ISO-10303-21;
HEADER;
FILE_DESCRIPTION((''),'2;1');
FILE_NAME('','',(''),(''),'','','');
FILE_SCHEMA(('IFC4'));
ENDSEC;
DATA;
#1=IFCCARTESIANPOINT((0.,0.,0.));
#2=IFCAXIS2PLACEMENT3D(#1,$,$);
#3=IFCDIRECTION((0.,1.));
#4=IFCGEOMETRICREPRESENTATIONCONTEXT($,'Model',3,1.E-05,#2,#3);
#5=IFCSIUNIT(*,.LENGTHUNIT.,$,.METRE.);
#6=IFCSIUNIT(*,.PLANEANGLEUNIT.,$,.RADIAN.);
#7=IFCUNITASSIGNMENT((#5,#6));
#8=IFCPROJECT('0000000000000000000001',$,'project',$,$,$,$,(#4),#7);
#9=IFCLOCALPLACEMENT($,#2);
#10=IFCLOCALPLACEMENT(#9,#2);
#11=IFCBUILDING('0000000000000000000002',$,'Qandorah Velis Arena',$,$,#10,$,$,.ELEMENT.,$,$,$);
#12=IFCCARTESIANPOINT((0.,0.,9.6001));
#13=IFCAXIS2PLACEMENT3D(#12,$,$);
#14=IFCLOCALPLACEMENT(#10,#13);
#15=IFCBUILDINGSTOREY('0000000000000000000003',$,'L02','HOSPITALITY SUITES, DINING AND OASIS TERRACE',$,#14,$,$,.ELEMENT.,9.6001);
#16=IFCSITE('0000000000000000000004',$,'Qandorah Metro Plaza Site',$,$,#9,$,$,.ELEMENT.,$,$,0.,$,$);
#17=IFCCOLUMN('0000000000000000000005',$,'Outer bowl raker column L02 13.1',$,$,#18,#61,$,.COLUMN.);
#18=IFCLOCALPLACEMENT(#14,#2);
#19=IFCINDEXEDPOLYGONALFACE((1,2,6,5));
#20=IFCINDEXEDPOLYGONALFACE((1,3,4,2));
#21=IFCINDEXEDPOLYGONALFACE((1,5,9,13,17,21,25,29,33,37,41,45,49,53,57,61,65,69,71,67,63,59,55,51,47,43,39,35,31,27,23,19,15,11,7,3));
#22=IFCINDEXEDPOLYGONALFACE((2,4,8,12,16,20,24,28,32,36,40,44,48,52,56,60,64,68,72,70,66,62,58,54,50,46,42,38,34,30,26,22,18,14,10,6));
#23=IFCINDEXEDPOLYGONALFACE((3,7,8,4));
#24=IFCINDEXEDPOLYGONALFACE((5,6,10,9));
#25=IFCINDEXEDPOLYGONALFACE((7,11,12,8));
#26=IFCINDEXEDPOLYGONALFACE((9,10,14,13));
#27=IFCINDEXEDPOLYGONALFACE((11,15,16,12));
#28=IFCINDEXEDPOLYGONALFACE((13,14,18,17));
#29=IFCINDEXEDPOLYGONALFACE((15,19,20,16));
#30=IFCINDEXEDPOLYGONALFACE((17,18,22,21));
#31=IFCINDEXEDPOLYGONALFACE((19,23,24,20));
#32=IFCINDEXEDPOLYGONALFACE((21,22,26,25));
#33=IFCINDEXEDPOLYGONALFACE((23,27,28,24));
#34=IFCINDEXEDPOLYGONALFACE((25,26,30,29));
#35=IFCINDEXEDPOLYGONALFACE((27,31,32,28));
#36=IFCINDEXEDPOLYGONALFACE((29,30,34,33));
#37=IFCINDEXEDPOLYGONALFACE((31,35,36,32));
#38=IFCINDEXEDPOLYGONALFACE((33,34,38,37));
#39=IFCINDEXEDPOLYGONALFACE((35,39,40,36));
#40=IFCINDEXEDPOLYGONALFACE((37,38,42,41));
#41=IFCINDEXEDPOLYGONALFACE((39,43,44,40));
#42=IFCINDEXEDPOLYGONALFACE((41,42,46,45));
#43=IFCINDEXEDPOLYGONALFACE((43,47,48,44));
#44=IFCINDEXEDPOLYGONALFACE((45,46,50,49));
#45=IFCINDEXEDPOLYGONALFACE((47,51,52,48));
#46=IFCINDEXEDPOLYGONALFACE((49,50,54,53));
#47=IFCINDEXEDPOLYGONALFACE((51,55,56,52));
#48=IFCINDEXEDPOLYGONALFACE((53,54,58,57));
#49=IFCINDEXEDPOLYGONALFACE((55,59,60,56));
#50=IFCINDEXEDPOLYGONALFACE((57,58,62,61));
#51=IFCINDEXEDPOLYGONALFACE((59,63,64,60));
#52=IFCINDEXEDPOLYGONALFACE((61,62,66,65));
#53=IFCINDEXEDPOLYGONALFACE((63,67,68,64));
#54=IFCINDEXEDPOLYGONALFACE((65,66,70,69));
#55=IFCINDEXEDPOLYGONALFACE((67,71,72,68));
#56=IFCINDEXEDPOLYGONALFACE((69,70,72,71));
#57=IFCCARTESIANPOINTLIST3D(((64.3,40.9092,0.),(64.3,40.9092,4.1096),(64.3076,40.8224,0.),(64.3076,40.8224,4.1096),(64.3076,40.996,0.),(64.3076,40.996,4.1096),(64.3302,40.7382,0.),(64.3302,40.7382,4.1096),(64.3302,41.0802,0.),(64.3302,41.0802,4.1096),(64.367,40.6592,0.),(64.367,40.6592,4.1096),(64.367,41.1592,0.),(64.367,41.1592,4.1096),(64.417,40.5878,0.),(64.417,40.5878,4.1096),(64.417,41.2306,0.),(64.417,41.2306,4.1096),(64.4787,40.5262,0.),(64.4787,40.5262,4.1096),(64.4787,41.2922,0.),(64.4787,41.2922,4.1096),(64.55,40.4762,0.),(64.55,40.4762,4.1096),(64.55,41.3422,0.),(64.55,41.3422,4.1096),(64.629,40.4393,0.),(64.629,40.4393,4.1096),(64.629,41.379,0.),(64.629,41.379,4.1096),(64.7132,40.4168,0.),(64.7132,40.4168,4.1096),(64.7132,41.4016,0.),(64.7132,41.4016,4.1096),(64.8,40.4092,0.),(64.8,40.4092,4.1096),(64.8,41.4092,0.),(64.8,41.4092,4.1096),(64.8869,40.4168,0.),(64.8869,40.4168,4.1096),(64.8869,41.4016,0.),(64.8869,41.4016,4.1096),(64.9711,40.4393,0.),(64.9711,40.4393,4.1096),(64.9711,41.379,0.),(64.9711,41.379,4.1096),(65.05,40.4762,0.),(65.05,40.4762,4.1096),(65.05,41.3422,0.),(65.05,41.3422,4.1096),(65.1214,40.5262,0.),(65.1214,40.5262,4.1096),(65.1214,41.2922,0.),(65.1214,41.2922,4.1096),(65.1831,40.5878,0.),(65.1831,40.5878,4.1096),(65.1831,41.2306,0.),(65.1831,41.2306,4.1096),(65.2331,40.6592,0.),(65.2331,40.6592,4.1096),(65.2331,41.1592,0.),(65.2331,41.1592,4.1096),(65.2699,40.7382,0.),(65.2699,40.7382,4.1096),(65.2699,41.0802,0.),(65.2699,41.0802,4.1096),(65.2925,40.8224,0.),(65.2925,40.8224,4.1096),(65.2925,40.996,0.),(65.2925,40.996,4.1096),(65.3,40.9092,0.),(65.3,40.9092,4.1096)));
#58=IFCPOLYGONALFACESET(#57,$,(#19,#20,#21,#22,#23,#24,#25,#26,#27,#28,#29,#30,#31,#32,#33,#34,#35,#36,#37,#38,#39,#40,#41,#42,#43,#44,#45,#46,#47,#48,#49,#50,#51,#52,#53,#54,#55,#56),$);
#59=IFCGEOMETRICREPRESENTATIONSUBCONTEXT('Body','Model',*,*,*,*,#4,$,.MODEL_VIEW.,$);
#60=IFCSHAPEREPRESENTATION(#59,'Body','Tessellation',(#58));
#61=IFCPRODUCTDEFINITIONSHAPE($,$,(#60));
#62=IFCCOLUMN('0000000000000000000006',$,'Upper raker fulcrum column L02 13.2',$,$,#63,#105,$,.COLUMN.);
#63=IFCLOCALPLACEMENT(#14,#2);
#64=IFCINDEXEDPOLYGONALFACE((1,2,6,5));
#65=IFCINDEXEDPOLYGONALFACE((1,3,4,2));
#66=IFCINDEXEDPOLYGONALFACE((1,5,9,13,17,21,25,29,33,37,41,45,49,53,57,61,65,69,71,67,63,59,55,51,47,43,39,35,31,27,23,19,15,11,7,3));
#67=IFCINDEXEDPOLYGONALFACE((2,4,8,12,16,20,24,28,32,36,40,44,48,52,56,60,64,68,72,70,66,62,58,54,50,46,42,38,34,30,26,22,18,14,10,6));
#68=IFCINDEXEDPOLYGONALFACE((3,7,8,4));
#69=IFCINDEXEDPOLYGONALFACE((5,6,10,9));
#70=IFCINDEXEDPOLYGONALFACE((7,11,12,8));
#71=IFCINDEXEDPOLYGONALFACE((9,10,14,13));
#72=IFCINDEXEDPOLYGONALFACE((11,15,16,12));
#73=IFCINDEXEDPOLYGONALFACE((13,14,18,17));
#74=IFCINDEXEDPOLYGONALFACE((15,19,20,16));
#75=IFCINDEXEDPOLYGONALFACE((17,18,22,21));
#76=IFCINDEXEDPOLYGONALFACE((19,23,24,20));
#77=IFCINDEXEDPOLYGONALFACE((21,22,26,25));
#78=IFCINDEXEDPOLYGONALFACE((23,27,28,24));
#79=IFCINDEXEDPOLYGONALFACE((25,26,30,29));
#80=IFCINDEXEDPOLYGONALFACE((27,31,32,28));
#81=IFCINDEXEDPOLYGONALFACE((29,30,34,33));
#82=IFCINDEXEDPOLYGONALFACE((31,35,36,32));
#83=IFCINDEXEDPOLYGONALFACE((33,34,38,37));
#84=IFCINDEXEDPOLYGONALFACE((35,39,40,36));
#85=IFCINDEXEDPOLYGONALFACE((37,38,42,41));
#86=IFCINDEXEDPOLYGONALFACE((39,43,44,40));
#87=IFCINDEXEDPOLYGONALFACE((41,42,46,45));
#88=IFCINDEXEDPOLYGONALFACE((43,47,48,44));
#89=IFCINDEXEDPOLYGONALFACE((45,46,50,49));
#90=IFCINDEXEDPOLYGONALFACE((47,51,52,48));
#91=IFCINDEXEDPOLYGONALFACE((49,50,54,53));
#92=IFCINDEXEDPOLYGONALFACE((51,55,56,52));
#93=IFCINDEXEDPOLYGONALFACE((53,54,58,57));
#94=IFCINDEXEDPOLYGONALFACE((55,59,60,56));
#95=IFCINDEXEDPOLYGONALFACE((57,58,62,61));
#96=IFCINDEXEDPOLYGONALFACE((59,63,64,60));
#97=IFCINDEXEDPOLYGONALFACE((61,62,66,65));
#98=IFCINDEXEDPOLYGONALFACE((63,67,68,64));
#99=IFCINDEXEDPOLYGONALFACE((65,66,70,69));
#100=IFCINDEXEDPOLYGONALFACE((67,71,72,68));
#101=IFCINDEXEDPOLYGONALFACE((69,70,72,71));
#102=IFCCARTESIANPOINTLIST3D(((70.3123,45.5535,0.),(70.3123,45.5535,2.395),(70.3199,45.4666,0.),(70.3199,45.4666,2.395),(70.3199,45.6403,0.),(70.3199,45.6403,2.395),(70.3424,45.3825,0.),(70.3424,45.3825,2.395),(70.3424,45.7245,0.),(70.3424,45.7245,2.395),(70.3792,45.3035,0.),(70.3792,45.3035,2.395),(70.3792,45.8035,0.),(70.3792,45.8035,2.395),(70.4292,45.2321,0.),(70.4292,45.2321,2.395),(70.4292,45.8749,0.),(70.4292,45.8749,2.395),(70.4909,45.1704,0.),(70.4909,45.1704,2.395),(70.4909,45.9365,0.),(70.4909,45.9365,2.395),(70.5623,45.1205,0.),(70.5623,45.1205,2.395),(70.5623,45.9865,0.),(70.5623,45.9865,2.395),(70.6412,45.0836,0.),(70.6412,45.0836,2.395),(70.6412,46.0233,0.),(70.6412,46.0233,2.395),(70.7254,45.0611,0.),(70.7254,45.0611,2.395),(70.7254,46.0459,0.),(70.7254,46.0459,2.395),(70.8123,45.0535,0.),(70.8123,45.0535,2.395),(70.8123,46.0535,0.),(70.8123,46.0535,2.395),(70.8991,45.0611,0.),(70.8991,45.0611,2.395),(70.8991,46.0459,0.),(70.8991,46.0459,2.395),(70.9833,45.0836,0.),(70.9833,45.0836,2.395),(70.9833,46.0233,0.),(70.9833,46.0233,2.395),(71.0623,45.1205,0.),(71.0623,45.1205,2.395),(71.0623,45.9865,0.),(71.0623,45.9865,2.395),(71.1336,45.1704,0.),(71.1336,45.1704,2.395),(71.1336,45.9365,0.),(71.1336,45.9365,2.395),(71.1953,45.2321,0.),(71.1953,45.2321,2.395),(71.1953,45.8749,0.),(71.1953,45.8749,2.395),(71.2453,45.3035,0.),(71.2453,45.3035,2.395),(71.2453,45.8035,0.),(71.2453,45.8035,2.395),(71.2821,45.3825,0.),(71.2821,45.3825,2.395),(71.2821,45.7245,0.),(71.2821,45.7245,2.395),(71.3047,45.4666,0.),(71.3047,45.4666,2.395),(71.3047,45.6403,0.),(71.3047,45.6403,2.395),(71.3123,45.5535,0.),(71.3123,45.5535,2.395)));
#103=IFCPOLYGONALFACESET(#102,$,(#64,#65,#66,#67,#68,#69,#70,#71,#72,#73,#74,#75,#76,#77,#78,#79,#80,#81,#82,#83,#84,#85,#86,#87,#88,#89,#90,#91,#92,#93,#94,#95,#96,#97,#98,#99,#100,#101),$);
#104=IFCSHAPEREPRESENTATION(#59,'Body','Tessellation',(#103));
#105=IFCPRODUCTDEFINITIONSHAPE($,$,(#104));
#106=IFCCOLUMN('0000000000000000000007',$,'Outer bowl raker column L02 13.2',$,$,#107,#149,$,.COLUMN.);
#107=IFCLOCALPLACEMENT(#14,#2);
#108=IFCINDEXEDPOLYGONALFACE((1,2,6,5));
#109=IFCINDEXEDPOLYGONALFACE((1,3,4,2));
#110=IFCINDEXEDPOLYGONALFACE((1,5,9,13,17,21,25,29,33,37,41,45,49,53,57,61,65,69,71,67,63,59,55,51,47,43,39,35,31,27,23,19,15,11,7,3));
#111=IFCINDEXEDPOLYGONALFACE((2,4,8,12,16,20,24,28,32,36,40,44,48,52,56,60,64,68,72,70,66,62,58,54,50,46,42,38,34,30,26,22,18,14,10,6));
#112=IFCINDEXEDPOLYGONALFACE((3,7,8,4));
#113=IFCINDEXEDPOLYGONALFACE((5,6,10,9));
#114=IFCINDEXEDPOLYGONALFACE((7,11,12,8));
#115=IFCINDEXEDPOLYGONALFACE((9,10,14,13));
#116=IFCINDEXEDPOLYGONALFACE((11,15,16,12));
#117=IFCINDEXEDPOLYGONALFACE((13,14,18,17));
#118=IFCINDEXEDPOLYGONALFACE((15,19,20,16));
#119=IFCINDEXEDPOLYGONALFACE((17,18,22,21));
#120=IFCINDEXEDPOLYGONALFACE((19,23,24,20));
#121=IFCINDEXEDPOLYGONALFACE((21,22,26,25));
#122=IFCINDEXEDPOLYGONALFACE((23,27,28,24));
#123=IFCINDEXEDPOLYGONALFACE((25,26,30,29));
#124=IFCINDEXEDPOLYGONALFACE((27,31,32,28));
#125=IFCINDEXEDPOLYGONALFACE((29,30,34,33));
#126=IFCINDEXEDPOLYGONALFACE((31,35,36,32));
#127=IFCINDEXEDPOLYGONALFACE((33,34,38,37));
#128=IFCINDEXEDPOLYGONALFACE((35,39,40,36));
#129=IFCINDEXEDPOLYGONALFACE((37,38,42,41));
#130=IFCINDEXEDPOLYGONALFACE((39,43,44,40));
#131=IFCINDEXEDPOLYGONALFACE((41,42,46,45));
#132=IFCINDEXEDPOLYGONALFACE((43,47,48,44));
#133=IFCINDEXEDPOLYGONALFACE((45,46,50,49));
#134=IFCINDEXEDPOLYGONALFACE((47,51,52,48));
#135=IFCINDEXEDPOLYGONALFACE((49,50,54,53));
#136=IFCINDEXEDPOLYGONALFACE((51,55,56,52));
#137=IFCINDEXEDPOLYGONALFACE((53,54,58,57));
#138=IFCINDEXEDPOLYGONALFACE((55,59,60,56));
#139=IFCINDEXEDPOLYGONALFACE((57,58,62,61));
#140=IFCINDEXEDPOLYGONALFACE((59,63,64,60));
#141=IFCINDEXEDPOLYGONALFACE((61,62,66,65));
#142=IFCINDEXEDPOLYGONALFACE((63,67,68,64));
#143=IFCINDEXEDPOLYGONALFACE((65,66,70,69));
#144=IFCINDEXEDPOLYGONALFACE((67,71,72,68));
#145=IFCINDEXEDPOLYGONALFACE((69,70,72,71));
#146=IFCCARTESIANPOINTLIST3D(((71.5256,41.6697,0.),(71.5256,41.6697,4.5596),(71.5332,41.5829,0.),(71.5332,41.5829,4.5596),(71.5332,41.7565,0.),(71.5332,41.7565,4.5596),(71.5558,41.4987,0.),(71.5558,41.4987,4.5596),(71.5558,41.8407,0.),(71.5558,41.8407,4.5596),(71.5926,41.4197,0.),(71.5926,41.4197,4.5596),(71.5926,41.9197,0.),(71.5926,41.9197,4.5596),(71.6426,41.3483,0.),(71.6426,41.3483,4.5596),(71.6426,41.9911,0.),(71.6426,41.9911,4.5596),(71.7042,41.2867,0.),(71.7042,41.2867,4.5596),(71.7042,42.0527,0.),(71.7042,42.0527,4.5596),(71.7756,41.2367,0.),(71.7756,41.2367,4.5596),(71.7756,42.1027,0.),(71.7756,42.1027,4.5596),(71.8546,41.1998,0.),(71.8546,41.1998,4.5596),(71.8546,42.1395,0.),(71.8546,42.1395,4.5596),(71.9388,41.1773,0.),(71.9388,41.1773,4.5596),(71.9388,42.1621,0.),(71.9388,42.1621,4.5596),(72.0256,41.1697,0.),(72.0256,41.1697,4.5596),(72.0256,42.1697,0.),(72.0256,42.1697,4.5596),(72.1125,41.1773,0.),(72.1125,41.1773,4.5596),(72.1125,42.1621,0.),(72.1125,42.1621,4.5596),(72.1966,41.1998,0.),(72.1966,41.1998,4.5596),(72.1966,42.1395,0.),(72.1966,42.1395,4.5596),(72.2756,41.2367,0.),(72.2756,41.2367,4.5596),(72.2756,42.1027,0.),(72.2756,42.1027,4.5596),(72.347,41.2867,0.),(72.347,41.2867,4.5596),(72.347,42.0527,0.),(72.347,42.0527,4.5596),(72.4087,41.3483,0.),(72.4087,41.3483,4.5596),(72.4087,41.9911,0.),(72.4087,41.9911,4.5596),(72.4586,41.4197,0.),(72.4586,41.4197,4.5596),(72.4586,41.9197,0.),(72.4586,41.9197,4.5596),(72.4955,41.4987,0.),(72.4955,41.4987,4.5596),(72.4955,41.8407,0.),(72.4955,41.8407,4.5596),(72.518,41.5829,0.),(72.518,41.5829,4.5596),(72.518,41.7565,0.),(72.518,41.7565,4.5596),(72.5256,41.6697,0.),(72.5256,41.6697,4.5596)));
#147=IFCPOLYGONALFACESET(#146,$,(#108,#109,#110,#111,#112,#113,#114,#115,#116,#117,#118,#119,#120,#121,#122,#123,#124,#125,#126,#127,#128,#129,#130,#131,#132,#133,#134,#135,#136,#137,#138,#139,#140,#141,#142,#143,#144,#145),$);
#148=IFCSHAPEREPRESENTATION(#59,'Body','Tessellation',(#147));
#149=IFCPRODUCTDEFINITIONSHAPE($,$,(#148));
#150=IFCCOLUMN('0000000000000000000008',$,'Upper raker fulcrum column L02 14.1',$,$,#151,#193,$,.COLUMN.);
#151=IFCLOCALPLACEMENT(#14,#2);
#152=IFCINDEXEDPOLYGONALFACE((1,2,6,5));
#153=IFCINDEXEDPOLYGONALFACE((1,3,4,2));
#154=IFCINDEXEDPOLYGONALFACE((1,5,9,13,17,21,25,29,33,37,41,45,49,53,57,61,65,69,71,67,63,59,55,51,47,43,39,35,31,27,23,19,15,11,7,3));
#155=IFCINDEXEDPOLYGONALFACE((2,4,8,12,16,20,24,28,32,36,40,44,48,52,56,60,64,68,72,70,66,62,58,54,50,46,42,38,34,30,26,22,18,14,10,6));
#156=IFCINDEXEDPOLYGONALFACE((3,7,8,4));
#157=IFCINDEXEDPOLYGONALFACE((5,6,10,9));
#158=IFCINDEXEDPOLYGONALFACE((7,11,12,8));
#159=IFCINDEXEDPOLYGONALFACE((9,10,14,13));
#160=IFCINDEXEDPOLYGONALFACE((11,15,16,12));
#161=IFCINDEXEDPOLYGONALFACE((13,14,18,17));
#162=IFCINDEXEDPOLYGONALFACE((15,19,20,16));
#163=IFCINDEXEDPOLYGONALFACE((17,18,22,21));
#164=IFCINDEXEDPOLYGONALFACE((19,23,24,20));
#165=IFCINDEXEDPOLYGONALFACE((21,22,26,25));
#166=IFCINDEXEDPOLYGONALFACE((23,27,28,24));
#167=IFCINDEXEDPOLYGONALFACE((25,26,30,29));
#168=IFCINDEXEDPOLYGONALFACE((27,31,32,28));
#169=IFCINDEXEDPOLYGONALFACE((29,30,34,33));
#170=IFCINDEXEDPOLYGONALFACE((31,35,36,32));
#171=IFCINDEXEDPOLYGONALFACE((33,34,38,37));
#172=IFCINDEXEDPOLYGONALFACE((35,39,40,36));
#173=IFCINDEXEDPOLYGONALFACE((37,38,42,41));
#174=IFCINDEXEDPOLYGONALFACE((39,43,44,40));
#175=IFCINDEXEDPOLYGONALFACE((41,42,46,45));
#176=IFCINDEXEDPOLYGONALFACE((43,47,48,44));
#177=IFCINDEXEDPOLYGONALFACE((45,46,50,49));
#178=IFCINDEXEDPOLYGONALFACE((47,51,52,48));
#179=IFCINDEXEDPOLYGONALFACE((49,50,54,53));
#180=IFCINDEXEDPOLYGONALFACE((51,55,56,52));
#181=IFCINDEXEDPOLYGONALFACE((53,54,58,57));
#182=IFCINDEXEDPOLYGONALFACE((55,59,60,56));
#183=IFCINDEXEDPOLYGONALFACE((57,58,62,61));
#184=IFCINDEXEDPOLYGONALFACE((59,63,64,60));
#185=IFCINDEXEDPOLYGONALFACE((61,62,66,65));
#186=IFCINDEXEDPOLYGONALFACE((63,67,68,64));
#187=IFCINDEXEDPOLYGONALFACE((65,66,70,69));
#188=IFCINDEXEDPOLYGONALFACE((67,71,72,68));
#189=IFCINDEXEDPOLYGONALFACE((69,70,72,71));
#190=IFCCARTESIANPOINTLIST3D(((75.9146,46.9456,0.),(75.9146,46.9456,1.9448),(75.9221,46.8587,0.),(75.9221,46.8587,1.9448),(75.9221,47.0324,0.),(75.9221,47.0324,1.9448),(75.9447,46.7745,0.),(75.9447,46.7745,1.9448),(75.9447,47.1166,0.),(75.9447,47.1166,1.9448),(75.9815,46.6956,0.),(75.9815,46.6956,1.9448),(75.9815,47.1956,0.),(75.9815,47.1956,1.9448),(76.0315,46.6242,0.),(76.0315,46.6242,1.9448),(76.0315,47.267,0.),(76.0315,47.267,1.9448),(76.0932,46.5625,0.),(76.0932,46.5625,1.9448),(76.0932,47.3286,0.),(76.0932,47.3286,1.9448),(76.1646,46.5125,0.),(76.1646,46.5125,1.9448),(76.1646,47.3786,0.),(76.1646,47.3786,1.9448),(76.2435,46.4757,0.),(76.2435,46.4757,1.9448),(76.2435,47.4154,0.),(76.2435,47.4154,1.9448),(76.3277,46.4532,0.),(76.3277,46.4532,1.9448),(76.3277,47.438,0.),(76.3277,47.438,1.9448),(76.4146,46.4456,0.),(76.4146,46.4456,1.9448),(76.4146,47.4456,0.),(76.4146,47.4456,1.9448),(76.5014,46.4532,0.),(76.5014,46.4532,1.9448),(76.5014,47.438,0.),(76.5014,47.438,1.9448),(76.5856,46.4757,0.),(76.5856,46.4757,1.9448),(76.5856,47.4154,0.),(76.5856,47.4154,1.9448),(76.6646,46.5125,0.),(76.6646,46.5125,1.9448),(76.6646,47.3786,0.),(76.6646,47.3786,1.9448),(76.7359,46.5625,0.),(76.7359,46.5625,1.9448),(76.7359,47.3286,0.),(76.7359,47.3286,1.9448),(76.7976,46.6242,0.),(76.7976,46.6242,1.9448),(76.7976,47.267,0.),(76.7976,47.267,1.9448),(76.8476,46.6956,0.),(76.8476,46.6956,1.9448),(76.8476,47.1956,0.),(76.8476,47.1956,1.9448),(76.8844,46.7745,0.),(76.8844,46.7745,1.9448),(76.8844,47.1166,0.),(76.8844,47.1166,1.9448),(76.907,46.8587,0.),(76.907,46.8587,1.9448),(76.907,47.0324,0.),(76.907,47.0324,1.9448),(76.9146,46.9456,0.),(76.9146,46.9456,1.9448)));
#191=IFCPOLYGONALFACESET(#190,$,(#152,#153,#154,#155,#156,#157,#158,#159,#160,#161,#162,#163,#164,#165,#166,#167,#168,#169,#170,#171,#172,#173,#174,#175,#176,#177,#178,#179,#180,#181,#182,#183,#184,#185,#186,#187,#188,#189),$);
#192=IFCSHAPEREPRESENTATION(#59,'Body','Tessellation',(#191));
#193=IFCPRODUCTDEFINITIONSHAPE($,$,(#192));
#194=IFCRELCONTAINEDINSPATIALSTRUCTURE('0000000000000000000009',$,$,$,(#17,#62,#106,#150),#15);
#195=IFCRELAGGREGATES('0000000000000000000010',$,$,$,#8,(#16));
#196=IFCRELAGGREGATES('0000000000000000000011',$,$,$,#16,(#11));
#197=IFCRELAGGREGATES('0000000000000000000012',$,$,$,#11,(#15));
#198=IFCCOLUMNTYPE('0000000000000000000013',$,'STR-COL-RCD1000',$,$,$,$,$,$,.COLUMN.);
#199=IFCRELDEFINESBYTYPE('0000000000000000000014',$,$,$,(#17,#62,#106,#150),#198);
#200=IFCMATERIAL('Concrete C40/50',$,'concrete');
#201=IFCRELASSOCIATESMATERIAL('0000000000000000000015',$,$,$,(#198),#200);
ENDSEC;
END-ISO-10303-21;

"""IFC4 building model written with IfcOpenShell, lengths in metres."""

from ifc_helpers import new_model, si_unit, direction, frame, origin, origin_2d, place, context, subcontext, project, spatial, circle, extrude, material, material_profile, profile_set, type_object, element, save


model = new_model("IFC4")

# Units and contexts
model_context = context("Model", 3, precision=1e-05, world=origin(), true_north=direction((0.0, 1.0)))
body_context = subcontext(model_context, "Body", "Model", "MODEL_VIEW")
ifc_project = project(units=[si_unit("LENGTHUNIT", "METRE"), si_unit("PLANEANGLEUNIT", "RADIAN")], contexts=[model_context])

# Site, building, storey
site_placement = place(None, origin())
site = spatial("IfcSite", under=ifc_project, at=site_placement, Name="Qandorah Metro Plaza Site", CompositionType="ELEMENT", RefElevation=0.0)
building_placement = place(site_placement, origin())
building = spatial("IfcBuilding", under=site, at=building_placement, Name="Qandorah Velis Arena", CompositionType="ELEMENT")
storey_placement = place(building_placement, frame((0.0, 0.0, 9.6001)))
storey = spatial("IfcBuildingStorey", under=building, at=storey_placement, Name="L02", Description="HOSPITALITY SUITES, DINING AND OASIS TERRACE", CompositionType="ELEMENT", Elevation=9.6001)

# Columns
ifc_material_1 = material(Name="Concrete C40/50", Category="concrete")
ifc_material_profile_1 = material_profile(ifc_material_1, circle(Radius=0.5, at=origin_2d()), Name="RC D1000")
ifc_profile_set_1 = profile_set([ifc_material_profile_1], Name="Concrete C40/50")
column_type_1 = type_object("IfcColumnType", Name="STR-COL-RCD1000", PredefinedType="COLUMN", material=ifc_profile_set_1)
column_1_placement = place(storey_placement, frame((64.8, 40.9092, 0.0), z_axis=(0.0, 0.0, 1.0), x_axis=(1.0, 0.0, 0.0)))
element("IfcColumn", 1, at=column_1_placement, inside=storey, type_object=column_type_1, Name="Outer bowl raker column L02 13.1", PredefinedType="COLUMN", context=body_context, shape_type="SweptSolid", body=[
    extrude(circle(Radius=0.5, at=origin_2d()), origin(), (0.0, 0.0, 1.0), 4.1096),
])
column_2_placement = place(storey_placement, frame((70.8123, 45.5535, 0.0), z_axis=(0.0, 0.0, 1.0), x_axis=(1.0, 0.0, 0.0)))
element("IfcColumn", 2, at=column_2_placement, inside=storey, type_object=column_type_1, Name="Upper raker fulcrum column L02 13.2", PredefinedType="COLUMN", context=body_context, shape_type="SweptSolid", body=[
    extrude(circle(Radius=0.5, at=origin_2d()), origin(), (0.0, 0.0, 1.0), 2.395),
])
column_3_placement = place(storey_placement, frame((72.0256, 41.6697, 0.0), z_axis=(0.0, 0.0, 1.0), x_axis=(1.0, 0.0, 0.0)))
element("IfcColumn", 3, at=column_3_placement, inside=storey, type_object=column_type_1, Name="Outer bowl raker column L02 13.2", PredefinedType="COLUMN", context=body_context, shape_type="SweptSolid", body=[
    extrude(circle(Radius=0.5, at=origin_2d()), origin(), (0.0, 0.0, 1.0), 4.5596),
])
column_4_placement = place(storey_placement, frame((76.4146, 46.9456, 0.0), z_axis=(0.0, 0.0, 1.0), x_axis=(1.0, 0.0, 0.0)))
element("IfcColumn", 4, at=column_4_placement, inside=storey, type_object=column_type_1, Name="Upper raker fulcrum column L02 14.1", PredefinedType="COLUMN", context=body_context, shape_type="SweptSolid", body=[
    extrude(circle(Radius=0.5, at=origin_2d()), origin(), (0.0, 0.0, 1.0), 1.9448),
])

save(model, "model.ifc")
